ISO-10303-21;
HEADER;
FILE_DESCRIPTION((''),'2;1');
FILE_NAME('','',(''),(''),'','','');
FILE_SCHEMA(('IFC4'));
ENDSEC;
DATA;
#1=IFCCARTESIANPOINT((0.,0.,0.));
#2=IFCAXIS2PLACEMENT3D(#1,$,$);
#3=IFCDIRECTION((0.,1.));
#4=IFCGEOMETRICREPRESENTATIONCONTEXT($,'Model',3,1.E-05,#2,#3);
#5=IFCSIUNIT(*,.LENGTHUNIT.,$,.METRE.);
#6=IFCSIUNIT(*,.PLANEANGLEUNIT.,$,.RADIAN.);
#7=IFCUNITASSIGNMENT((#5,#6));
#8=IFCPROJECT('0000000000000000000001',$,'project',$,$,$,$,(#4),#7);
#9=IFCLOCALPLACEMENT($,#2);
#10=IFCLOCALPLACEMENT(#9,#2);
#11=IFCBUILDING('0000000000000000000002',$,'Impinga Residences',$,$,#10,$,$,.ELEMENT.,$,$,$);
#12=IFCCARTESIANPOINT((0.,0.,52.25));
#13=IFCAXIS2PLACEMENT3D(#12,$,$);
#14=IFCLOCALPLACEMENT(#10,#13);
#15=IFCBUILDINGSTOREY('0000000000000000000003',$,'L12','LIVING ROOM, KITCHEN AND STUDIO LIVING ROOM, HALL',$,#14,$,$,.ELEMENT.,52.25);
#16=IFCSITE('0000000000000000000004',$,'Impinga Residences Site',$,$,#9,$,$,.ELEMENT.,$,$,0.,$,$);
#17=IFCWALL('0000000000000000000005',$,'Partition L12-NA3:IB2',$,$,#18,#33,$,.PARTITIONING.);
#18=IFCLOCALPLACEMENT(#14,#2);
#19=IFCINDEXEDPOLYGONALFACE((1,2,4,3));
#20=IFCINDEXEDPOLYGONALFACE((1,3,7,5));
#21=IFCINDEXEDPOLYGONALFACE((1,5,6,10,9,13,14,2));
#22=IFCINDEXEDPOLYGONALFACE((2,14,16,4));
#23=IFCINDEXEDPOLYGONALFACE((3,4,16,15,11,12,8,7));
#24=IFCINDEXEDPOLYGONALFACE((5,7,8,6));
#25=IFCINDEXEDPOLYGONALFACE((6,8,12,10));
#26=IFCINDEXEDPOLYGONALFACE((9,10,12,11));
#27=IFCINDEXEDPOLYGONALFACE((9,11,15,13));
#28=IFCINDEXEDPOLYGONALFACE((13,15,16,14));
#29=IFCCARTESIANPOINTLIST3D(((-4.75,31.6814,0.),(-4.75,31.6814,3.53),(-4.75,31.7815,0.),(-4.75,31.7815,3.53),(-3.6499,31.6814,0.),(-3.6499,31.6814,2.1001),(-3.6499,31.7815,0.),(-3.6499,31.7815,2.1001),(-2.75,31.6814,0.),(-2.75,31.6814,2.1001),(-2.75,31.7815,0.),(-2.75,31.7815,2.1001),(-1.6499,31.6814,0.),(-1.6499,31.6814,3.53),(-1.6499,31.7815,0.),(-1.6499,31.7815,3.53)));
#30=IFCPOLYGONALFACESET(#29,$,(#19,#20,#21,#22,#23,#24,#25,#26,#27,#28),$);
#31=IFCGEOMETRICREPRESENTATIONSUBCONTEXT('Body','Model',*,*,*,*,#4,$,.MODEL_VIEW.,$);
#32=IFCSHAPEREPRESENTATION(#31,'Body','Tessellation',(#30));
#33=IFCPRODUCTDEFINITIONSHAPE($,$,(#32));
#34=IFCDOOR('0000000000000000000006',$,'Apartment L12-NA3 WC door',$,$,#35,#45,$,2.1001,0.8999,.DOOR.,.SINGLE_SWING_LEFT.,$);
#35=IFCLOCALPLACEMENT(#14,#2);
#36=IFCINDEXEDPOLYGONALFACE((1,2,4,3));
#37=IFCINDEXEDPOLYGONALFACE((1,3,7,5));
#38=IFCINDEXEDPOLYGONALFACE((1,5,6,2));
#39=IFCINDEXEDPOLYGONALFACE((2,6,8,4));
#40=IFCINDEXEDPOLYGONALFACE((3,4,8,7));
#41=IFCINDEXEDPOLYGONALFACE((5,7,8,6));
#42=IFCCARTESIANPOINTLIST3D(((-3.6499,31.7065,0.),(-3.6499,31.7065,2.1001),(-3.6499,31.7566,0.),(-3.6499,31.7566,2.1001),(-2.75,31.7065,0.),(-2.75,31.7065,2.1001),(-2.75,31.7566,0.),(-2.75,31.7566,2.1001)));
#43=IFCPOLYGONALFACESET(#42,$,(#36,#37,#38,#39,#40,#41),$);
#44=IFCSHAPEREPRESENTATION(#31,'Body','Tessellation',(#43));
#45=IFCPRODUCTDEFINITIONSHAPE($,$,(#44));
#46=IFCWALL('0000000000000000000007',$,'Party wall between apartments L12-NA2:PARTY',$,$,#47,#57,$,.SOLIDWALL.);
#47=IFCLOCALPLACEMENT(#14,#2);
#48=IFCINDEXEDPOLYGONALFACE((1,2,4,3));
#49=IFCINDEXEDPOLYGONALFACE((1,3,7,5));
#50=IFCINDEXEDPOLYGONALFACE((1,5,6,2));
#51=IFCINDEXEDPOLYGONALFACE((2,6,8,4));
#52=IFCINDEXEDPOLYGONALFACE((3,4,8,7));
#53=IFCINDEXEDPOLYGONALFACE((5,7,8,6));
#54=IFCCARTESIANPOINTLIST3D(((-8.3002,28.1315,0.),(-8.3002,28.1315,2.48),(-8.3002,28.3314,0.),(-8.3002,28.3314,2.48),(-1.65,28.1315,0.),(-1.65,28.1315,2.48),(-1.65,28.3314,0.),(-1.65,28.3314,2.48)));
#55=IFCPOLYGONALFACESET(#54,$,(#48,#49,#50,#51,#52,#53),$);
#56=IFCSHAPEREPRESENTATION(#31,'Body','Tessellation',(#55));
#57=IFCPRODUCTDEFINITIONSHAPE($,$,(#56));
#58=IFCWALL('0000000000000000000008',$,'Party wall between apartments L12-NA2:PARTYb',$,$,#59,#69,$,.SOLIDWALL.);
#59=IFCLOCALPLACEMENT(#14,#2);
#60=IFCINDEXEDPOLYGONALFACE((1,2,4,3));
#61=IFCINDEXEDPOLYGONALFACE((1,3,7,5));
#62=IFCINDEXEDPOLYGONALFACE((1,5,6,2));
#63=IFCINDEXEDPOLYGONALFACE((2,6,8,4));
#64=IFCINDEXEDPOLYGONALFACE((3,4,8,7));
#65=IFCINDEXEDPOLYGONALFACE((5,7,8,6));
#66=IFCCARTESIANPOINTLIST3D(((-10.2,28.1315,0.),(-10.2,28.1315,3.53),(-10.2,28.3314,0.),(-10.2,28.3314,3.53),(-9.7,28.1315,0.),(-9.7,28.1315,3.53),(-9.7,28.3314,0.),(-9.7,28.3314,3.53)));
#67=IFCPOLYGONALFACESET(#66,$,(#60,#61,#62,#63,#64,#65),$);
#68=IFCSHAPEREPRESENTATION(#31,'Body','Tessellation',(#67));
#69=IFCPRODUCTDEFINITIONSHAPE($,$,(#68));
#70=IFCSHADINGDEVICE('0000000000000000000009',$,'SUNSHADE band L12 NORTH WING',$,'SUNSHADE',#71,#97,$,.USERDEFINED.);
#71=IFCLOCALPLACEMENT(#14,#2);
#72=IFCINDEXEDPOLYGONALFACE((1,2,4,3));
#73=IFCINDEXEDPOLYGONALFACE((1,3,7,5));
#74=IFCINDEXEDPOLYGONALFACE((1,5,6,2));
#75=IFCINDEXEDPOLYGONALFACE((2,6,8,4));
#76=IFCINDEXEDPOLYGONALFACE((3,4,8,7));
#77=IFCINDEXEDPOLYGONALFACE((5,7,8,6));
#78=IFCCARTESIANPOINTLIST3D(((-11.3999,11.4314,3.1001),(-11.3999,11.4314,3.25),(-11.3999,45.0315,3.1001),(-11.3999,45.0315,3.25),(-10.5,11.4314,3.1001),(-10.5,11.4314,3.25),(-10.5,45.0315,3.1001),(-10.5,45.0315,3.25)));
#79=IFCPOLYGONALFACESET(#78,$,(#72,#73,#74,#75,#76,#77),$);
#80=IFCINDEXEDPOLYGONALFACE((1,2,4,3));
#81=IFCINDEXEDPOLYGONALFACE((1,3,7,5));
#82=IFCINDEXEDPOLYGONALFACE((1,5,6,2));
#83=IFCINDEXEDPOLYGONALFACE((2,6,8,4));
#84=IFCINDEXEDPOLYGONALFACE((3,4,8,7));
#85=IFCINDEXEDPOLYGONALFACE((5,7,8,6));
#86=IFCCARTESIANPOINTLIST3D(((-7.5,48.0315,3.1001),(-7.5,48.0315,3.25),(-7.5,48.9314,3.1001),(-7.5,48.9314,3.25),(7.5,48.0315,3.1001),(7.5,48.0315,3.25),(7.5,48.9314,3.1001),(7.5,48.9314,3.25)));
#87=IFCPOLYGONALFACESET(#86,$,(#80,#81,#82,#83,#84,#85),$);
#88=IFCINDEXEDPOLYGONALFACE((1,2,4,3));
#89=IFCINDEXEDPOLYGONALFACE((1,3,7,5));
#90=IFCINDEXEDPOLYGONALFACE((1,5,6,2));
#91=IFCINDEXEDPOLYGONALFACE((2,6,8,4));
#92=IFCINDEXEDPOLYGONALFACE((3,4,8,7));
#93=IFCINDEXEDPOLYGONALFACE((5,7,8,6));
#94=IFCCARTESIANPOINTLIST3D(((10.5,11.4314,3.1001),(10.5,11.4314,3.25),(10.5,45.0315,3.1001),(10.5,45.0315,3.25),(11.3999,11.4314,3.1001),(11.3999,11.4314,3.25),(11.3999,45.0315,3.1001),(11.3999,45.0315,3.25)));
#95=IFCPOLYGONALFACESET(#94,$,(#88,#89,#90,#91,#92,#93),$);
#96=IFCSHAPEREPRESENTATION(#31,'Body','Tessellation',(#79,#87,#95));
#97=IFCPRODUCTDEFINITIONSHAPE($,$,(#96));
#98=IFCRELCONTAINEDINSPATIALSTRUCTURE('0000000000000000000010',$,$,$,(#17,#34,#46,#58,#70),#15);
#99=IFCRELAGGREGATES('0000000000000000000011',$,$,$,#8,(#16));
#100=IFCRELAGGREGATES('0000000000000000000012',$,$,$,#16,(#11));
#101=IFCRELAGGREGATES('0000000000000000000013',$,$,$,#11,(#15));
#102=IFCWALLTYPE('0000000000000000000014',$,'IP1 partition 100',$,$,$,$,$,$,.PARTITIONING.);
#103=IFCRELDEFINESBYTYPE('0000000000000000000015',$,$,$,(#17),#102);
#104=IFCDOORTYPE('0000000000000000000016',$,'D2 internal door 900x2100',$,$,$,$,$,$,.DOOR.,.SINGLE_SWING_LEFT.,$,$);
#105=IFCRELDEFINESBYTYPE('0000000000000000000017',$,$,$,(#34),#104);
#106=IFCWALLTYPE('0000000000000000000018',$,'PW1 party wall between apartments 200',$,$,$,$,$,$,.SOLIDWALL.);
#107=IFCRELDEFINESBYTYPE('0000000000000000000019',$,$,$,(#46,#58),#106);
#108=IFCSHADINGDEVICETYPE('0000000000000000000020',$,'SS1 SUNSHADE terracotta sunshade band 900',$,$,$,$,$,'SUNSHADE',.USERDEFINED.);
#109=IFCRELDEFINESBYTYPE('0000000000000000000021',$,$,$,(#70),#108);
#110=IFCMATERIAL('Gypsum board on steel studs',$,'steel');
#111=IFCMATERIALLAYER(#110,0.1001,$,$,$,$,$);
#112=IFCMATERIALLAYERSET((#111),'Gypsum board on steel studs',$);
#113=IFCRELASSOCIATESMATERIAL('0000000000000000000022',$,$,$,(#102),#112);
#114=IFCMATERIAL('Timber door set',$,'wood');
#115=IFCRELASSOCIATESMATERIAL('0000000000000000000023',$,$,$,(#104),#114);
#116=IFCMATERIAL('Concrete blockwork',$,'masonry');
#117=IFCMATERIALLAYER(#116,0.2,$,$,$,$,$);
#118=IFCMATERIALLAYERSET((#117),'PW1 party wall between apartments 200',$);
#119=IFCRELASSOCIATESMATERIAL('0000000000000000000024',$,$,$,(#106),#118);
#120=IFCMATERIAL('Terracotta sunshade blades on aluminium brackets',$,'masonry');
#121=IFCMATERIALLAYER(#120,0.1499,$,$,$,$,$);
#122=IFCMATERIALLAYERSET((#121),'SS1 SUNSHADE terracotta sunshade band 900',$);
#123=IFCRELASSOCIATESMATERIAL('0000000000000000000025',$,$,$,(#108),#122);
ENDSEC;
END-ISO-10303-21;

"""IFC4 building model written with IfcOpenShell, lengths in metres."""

from ifc_helpers import new_model, si_unit, direction, frame, frame_2d, origin, origin_2d, place, context, subcontext, project, spatial, rectangle, extrude, material, layer, layer_set, type_object, element, fill, save


model = new_model("IFC4")

# Units and contexts
model_context = context("Model", 3, precision=1e-05, world=origin(), true_north=direction((0.0, 1.0)))
body_context = subcontext(model_context, "Body", "Model", "MODEL_VIEW")
ifc_project = project(units=[si_unit("LENGTHUNIT", "METRE"), si_unit("PLANEANGLEUNIT", "RADIAN")], contexts=[model_context])

# Site, building, storey
site_placement = place(None, origin())
site = spatial("IfcSite", under=ifc_project, at=site_placement, Name="Impinga Residences Site", CompositionType="ELEMENT", RefElevation=0.0)
building_placement = place(site_placement, origin())
building = spatial("IfcBuilding", under=site, at=building_placement, Name="Impinga Residences", CompositionType="ELEMENT")
storey_placement = place(building_placement, frame((0.0, 0.0, 52.25)))
storey = spatial("IfcBuildingStorey", under=building, at=storey_placement, Name="L12", Description="LIVING ROOM, KITCHEN AND STUDIO LIVING ROOM, HALL", CompositionType="ELEMENT", Elevation=52.25)

# Shared definitions
ifc_material_1 = material(Name="Gypsum board on steel studs", Category="steel")
ifc_layer_1 = layer(ifc_material_1, 0.1001)
ifc_layer_set_1 = layer_set([ifc_layer_1], Name="Gypsum board on steel studs")
wall_type_1 = type_object("IfcWallType", Name="IP1 partition 100", PredefinedType="PARTITIONING", material=ifc_layer_set_1)

# Shared definitions
ifc_material_2 = material(Name="Timber door set", Category="wood")
door_type = type_object("IfcDoorType", Name="D2 internal door 900x2100", OperationType="SINGLE_SWING_LEFT", PredefinedType="DOOR", material=ifc_material_2)

# Wall, opening, door
wall_1_placement = place(storey_placement, frame((-1.6499, 31.7314, 0.0), z_axis=(0.0, 0.0, 1.0), x_axis=(-1.0, 0.0, 0.0)))
wall_1 = element("IfcWall", 1, at=wall_1_placement, inside=storey, type_object=wall_type_1, Name="Partition L12-NA3:IB2", PredefinedType="PARTITIONING", context=body_context, shape_type="SweptSolid", body=[
    extrude(rectangle(XDim=3.1001, YDim=0.1001, at=frame_2d((1.55, 0.0))), origin(), (0.0, 0.0, 1.0), 3.53),
])
opening_1_placement = place(wall_1_placement, frame((1.1001, 0.0, 0.0)))
opening_1 = element("IfcOpeningElement", 2, at=opening_1_placement, cuts=wall_1, PredefinedType="OPENING", context=body_context, shape_type="SweptSolid", body=[
    extrude(rectangle(XDim=0.8999, YDim=2.1001, at=frame_2d((0.45, 1.05))), frame((0.0, 0.0601, 0.0), z_axis=(0.0, -1.0, 0.0), x_axis=(1.0, 0.0, 0.0)), (0.0, 0.0, 1.0), 0.1201),
])
door_1_placement = place(opening_1_placement, origin())
door_1 = element("IfcDoor", 3, at=door_1_placement, inside=storey, type_object=door_type, Name="Apartment L12-NA3 WC door", OperationType="SINGLE_SWING_LEFT", OverallHeight=2.1001, OverallWidth=0.8999, PredefinedType="DOOR", context=body_context, shape_type="SweptSolid", body=[
    extrude(rectangle(XDim=0.8999, YDim=2.1001, at=frame_2d((0.45, 1.05))), frame((0.0, 0.0249, 0.0), z_axis=(0.0, -1.0, 0.0), x_axis=(1.0, 0.0, 0.0)), (0.0, 0.0, 1.0), 0.05),
])
fill(opening_1, door_1)

# Walls
ifc_material_3 = material(Name="Concrete blockwork", Category="masonry")
ifc_layer_2 = layer(ifc_material_3, 0.2)
ifc_layer_set_2 = layer_set([ifc_layer_2], Name="PW1 party wall between apartments 200")
wall_type_2 = type_object("IfcWallType", Name="PW1 party wall between apartments 200", PredefinedType="SOLIDWALL", material=ifc_layer_set_2)
wall_2_placement = place(storey_placement, frame((-1.6499, 28.2314, 0.0), z_axis=(0.0, 0.0, 1.0), x_axis=(-1.0, 0.0, 0.0)))
element("IfcWall", 4, at=wall_2_placement, inside=storey, type_object=wall_type_2, Name="Party wall between apartments L12-NA2:PARTY", PredefinedType="SOLIDWALL", context=body_context, shape_type="SweptSolid", body=[
    extrude(rectangle(XDim=6.6501, YDim=0.2, at=frame_2d((3.3252, 0.0))), origin(), (0.0, 0.0, 1.0), 2.48),
])
wall_3_placement = place(storey_placement, frame((-9.7, 28.2314, 0.0), z_axis=(0.0, 0.0, 1.0), x_axis=(-1.0, 0.0, 0.0)))
element("IfcWall", 5, at=wall_3_placement, inside=storey, type_object=wall_type_2, Name="Party wall between apartments L12-NA2:PARTYb", PredefinedType="SOLIDWALL", context=body_context, shape_type="SweptSolid", body=[
    extrude(rectangle(XDim=0.5, YDim=0.2, at=frame_2d((0.25, 0.0))), origin(), (0.0, 0.0, 1.0), 3.53),
])

# Shading device
ifc_material_4 = material(Name="Terracotta sunshade blades on aluminium brackets", Category="masonry")
ifc_layer_3 = layer(ifc_material_4, 0.1499)
ifc_layer_set_3 = layer_set([ifc_layer_3], Name="SS1 SUNSHADE terracotta sunshade band 900")
shading_device_type = type_object("IfcShadingDeviceType", Name="SS1 SUNSHADE terracotta sunshade band 900", ElementType="SUNSHADE", PredefinedType="USERDEFINED", material=ifc_layer_set_3)
shading_device_placement = place(storey_placement, frame((-10.95, 28.2314, 3.1001), z_axis=(0.0, 0.0, 1.0), x_axis=(0.0, 1.0, 0.0)))
element("IfcShadingDevice", 6, at=shading_device_placement, inside=storey, type_object=shading_device_type, Name="SUNSHADE band L12 NORTH WING", ObjectType="SUNSHADE", PredefinedType="USERDEFINED", context=body_context, shape_type="SweptSolid", body=[
    extrude(rectangle(XDim=33.6001, YDim=0.8999, at=origin_2d()), origin(), (0.0, 0.0, 1.0), 0.1499),
    extrude(rectangle(XDim=15.0, YDim=0.8999, at=origin_2d()), frame((20.25, -10.95, 0.0), z_axis=(0.0, 0.0, 1.0), x_axis=(0.0, -1.0, 0.0)), (0.0, 0.0, 1.0), 0.1499),
    extrude(rectangle(XDim=33.6001, YDim=0.8999, at=origin_2d()), frame((0.0, -21.8999, 0.0), z_axis=(0.0, 0.0, 1.0), x_axis=(-1.0, 0.0, 0.0)), (0.0, 0.0, 1.0), 0.1499),
])

save(model, "model.ifc")
